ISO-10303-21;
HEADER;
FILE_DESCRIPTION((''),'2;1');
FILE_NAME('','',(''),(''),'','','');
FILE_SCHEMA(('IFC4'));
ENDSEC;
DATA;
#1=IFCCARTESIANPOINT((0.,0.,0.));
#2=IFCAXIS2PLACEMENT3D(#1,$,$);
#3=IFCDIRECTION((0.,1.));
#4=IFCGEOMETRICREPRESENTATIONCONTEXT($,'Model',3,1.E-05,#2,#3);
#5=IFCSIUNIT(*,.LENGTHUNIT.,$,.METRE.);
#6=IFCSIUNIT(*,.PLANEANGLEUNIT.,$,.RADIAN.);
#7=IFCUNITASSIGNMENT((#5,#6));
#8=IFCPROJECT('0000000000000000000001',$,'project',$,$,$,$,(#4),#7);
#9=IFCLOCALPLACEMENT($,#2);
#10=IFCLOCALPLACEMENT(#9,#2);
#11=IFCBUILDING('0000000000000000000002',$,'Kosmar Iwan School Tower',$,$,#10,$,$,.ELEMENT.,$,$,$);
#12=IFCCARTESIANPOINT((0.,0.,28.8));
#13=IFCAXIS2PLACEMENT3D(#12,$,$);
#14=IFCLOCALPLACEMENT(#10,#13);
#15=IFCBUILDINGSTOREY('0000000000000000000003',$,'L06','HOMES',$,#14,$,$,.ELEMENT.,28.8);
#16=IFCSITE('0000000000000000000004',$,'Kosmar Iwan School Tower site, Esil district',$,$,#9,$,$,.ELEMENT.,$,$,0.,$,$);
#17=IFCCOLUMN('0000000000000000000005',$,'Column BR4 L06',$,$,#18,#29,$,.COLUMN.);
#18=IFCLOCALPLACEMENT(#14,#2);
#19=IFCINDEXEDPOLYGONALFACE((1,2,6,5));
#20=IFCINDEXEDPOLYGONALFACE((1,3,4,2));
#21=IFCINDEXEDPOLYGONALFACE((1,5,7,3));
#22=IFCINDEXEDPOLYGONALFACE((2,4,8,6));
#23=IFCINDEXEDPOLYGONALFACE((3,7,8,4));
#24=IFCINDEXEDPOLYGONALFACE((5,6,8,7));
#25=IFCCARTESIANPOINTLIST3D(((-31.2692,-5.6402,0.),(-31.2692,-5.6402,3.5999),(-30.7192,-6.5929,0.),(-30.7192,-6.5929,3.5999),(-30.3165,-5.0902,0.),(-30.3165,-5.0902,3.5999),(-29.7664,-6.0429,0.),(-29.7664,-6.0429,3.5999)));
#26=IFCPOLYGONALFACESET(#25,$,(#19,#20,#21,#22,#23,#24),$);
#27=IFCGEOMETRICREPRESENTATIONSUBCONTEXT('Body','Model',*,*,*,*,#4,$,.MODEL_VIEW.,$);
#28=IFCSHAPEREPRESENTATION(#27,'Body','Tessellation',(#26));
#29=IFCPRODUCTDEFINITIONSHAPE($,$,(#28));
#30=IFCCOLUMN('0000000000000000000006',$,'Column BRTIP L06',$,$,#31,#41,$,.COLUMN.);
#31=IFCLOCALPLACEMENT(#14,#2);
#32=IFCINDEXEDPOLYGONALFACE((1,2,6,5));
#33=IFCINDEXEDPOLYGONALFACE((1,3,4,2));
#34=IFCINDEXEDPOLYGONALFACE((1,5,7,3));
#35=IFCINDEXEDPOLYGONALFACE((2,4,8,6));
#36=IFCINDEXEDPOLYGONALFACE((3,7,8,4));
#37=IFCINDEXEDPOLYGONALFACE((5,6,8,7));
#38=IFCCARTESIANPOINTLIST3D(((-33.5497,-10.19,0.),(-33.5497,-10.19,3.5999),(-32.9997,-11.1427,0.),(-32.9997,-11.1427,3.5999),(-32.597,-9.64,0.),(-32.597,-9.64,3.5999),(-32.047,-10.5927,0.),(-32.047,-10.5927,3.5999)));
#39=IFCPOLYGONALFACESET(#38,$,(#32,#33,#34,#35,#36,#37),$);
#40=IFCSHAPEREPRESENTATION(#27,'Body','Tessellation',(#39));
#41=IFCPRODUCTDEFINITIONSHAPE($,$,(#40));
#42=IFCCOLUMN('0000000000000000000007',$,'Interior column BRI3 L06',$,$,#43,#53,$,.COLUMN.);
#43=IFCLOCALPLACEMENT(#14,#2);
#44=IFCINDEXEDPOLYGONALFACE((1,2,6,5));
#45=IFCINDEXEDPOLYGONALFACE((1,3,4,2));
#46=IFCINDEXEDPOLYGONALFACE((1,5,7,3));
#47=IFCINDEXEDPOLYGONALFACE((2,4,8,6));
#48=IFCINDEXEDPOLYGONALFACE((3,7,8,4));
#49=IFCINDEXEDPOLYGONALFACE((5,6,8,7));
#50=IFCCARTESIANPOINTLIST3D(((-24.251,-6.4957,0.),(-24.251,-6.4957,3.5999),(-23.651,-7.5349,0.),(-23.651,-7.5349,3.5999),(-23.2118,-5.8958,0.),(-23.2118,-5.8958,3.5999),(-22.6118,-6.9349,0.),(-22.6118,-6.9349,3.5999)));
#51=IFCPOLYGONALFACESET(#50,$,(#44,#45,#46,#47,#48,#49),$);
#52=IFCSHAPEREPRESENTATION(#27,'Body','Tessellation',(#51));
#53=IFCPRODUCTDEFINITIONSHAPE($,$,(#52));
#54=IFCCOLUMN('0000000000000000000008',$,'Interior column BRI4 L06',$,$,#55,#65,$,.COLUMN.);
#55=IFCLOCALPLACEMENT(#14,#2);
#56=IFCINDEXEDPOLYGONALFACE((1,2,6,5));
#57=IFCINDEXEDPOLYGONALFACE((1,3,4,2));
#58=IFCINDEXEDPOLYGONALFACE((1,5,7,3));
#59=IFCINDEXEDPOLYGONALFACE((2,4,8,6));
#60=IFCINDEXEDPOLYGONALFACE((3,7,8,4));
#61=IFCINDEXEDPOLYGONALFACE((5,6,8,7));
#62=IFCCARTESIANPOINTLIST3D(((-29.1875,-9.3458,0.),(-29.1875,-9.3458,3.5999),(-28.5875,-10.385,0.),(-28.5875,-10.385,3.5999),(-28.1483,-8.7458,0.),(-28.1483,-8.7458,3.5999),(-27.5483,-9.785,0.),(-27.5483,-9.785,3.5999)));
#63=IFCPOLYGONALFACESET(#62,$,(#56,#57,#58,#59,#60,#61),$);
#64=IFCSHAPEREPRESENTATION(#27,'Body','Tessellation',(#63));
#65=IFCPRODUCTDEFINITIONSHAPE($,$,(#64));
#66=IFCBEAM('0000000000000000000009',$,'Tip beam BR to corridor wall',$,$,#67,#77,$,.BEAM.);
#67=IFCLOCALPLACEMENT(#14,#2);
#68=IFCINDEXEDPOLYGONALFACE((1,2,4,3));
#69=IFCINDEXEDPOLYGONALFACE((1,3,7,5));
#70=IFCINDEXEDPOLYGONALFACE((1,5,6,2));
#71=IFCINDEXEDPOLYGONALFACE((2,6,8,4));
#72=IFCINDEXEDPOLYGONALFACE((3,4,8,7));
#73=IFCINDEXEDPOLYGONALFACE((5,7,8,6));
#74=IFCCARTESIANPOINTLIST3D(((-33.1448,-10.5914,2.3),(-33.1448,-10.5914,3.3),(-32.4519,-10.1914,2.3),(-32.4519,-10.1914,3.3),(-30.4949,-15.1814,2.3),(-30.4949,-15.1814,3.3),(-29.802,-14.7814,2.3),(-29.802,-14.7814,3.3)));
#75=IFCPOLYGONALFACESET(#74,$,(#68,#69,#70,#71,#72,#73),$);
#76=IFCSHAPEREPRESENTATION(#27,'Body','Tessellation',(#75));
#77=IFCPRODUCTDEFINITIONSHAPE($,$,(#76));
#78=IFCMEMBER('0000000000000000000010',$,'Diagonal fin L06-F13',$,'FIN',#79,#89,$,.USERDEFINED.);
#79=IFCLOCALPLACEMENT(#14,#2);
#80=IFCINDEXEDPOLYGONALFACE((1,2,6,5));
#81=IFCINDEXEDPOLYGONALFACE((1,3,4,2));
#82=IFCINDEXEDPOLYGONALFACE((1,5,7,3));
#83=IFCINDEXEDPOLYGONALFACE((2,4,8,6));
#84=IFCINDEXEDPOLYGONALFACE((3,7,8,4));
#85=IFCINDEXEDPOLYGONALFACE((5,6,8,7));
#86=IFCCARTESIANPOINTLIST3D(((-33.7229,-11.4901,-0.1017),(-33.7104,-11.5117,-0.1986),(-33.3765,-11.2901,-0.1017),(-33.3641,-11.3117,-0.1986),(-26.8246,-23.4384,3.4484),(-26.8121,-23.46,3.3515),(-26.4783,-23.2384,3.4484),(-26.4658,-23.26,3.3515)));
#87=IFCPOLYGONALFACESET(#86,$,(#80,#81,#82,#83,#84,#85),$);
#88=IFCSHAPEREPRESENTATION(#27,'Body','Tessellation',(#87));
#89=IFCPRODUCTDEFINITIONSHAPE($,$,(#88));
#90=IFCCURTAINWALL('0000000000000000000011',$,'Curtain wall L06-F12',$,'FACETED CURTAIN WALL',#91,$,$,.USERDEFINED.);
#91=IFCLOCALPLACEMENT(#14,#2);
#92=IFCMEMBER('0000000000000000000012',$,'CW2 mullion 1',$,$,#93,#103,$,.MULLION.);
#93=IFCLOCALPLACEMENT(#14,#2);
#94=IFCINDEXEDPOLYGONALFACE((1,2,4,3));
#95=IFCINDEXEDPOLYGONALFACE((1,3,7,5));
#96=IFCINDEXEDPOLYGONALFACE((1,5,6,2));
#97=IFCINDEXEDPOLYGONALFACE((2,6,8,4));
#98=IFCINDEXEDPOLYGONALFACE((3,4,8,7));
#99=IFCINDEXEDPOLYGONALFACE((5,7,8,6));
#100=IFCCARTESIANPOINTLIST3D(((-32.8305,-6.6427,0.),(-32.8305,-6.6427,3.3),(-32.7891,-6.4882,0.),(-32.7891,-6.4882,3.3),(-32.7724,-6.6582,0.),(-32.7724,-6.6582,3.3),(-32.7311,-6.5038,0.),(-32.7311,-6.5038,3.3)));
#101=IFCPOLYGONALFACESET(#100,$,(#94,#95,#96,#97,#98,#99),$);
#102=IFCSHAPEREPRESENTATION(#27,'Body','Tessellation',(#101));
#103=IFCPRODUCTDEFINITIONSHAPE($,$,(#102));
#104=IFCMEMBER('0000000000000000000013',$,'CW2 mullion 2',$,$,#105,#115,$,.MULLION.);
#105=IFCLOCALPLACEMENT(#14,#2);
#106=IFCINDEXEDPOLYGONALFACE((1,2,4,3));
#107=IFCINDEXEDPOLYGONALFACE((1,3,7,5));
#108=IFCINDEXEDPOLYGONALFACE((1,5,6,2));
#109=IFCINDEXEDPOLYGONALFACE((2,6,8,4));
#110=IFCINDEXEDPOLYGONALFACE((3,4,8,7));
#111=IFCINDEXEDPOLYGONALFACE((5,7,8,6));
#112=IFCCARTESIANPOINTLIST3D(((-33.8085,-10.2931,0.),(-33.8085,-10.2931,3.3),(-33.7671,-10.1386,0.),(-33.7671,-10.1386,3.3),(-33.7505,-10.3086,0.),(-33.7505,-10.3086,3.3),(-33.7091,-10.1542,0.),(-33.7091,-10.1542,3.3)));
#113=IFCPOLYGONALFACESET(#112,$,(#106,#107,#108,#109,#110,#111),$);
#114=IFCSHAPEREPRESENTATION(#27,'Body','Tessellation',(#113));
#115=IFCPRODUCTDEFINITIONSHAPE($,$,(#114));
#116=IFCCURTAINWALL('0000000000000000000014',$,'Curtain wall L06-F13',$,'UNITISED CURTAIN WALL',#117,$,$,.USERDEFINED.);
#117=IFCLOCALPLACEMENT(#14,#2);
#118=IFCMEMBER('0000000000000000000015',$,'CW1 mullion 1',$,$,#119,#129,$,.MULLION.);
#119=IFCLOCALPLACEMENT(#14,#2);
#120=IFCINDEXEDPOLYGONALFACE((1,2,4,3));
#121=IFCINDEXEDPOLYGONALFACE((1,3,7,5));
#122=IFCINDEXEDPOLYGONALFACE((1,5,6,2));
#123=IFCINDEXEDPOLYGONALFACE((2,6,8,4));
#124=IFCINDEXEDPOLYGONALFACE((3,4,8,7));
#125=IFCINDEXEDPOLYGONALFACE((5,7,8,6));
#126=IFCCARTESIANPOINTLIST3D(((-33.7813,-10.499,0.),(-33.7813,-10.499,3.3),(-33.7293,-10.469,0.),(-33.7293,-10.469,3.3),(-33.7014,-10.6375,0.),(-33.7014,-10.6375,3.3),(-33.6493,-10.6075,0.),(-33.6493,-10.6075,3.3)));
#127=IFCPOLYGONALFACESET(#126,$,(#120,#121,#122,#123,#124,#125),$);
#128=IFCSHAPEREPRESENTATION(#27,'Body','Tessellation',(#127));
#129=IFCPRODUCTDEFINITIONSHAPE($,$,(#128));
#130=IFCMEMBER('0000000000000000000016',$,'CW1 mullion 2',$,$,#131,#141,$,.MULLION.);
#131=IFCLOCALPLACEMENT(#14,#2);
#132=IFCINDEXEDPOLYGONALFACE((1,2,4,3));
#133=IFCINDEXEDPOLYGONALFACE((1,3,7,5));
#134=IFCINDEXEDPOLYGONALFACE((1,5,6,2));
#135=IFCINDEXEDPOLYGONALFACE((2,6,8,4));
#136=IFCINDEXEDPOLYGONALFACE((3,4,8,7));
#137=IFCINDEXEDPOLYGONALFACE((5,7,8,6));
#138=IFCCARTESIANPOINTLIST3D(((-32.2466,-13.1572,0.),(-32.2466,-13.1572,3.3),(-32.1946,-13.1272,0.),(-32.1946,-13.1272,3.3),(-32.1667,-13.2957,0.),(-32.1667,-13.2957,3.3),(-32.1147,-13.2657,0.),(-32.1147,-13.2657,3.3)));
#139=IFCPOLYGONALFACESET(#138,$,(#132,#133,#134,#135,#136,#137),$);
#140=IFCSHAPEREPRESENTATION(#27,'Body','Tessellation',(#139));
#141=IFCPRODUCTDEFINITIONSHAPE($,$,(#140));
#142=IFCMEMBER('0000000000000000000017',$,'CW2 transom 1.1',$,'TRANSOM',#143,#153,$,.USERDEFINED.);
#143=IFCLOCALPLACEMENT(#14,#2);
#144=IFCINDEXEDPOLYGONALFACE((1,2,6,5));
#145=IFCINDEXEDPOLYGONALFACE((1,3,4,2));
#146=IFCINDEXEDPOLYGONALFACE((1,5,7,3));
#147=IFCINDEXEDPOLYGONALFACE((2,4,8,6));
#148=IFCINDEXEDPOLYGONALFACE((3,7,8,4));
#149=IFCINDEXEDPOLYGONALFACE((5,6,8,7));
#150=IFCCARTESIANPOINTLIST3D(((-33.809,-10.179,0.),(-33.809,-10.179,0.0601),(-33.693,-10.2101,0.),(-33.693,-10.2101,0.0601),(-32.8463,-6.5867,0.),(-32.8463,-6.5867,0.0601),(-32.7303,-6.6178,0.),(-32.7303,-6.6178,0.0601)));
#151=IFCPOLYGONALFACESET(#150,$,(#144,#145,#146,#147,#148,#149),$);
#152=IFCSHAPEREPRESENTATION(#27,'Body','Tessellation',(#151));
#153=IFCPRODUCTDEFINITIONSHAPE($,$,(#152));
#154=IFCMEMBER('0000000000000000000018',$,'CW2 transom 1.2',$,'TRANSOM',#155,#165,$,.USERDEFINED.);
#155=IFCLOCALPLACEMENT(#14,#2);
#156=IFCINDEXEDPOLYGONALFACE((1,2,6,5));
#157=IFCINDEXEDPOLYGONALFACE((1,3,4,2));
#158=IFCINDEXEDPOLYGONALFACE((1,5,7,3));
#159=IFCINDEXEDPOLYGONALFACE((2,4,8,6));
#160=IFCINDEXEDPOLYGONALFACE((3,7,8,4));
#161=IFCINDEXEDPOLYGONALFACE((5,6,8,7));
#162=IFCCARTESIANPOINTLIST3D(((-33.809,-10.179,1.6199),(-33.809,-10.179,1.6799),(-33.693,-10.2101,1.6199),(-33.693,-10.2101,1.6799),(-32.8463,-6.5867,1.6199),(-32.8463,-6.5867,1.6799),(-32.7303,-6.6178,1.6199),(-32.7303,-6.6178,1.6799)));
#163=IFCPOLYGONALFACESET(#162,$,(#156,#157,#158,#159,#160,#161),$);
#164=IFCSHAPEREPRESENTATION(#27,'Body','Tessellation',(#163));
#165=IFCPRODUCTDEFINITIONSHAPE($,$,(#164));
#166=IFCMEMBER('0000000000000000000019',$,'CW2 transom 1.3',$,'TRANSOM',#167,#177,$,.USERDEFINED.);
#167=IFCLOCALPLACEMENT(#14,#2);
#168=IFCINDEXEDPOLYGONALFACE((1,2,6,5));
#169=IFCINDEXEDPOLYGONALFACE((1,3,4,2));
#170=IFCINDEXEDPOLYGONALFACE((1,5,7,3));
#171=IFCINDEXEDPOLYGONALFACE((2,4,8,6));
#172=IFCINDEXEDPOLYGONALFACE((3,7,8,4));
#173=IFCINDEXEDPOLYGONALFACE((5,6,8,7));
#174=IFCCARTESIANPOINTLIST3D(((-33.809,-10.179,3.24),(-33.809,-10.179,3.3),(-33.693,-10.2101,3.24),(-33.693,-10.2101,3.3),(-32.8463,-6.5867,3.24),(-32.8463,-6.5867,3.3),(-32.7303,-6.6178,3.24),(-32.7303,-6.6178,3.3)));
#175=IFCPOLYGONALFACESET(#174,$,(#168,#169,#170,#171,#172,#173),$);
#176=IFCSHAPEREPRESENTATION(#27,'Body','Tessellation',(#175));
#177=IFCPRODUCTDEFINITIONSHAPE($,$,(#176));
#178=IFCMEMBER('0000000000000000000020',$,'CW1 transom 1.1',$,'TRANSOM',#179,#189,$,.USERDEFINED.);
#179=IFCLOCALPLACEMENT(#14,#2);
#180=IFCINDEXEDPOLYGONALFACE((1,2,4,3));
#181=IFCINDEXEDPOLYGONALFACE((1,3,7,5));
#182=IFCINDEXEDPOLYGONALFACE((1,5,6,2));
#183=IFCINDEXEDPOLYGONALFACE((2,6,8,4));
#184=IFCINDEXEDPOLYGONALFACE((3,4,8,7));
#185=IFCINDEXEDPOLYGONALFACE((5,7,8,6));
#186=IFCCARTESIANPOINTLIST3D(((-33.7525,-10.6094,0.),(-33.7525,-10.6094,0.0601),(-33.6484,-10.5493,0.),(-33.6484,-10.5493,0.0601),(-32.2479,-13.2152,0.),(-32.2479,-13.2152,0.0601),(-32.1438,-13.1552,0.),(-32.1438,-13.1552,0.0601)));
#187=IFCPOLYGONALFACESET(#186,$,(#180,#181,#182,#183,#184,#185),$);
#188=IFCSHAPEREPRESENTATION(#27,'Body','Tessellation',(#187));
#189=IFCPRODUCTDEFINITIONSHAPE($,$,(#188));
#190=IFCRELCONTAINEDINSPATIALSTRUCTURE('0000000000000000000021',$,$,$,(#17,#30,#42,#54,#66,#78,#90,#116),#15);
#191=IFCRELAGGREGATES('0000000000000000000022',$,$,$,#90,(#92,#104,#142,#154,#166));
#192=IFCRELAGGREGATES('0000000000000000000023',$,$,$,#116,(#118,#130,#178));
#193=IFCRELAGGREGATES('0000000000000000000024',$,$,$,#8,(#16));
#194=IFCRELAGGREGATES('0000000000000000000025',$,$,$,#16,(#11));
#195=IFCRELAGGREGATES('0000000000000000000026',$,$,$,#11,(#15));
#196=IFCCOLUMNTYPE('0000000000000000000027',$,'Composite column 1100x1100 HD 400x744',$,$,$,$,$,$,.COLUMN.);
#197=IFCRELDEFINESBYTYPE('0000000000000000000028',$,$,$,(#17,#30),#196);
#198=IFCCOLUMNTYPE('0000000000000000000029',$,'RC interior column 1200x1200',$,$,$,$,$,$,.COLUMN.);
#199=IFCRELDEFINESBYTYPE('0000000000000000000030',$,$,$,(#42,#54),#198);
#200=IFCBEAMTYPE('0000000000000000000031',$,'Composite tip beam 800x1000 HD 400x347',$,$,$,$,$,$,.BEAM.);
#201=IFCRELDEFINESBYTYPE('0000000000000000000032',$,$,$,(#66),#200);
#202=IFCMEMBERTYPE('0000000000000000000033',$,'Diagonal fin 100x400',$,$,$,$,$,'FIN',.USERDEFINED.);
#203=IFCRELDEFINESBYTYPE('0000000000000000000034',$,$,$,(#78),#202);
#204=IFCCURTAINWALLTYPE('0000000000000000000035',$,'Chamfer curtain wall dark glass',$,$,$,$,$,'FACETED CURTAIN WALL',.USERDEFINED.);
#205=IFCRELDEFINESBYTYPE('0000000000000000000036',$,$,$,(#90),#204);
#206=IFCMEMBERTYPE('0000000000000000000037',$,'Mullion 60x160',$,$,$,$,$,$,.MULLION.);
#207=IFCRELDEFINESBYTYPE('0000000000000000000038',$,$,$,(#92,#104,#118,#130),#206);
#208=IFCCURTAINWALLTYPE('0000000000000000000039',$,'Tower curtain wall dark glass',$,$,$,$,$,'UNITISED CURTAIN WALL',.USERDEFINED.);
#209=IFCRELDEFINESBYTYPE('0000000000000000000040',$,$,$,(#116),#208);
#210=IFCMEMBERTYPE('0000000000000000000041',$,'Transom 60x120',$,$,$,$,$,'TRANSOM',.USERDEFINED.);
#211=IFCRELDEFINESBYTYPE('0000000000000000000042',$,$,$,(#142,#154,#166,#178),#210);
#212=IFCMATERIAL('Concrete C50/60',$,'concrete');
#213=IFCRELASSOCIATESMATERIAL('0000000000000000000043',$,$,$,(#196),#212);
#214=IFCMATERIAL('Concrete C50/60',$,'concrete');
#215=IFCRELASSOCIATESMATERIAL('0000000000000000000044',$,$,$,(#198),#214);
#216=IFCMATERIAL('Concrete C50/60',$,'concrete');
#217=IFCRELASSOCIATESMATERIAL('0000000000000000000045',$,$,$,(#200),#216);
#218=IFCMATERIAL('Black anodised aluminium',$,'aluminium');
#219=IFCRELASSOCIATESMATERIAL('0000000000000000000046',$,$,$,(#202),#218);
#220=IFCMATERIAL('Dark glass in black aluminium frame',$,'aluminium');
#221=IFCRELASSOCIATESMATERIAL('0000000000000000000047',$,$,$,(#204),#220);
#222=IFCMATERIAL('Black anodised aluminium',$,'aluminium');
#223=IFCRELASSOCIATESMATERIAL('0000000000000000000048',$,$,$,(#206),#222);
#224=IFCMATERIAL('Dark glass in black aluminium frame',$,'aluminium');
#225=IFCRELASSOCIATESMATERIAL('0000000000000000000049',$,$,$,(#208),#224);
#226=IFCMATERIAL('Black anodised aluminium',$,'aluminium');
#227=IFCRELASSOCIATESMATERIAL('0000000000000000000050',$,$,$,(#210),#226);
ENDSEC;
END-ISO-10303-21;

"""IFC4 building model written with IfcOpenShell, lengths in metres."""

from ifc_helpers import new_model, si_unit, direction, frame, origin, origin_2d, place, context, subcontext, project, spatial, rectangle, extrude, material, material_profile, profile_set, type_object, element, aggregate, save


model = new_model("IFC4")

# Units and contexts
model_context = context("Model", 3, precision=1e-05, world=origin(), true_north=direction((0.0, 1.0)))
body_context = subcontext(model_context, "Body", "Model", "MODEL_VIEW")
ifc_project = project(units=[si_unit("LENGTHUNIT", "METRE"), si_unit("PLANEANGLEUNIT", "RADIAN")], contexts=[model_context])

# Site, building, storey
site_placement = place(None, origin())
site = spatial("IfcSite", under=ifc_project, at=site_placement, Name="Kosmar Iwan School Tower site, Esil district", CompositionType="ELEMENT", RefElevation=0.0)
building_placement = place(site_placement, origin())
building = spatial("IfcBuilding", under=site, at=building_placement, Name="Kosmar Iwan School Tower", CompositionType="ELEMENT")
storey_placement = place(building_placement, frame((0.0, 0.0, 28.8)))
storey = spatial("IfcBuildingStorey", under=building, at=storey_placement, Name="L06", Description="HOMES", CompositionType="ELEMENT", Elevation=28.8)

# Columns
ifc_material_1 = material(Name="Concrete C50/60", Category="concrete")
ifc_material_profile_1 = material_profile(ifc_material_1, rectangle(XDim=1.1001, YDim=1.1001, at=origin_2d()), Name="RC 1100x1100 + HD 400x744")
ifc_profile_set_1 = profile_set([ifc_material_profile_1], Name="Concrete C50/60")
column_type_1 = type_object("IfcColumnType", Name="Composite column 1100x1100 HD 400x744", PredefinedType="COLUMN", material=ifc_profile_set_1)
for number, where, z_axis, x_axis, name in (
    (1, (-30.5178, -5.8416, 0.0), (0.0, 0.0, 1.0), (-0.866025, -0.5, 0.0), "Column BR4 L06"),
    (2, (-32.7983, -10.3914, 0.0), (0.0, 0.0, 1.0), (-0.866025, -0.5, 0.0), "Column BRTIP L06"),
):
    element("IfcColumn", number, at=place(storey_placement, frame(where, z_axis=z_axis, x_axis=x_axis)), inside=storey, type_object=column_type_1, Name=name, PredefinedType="COLUMN", context=body_context, shape_type="SweptSolid", body=[
        extrude(rectangle(XDim=1.1001, YDim=1.1001, at=origin_2d()), origin(), (0.0, 0.0, 1.0), 3.5999),
    ])
ifc_material_2 = material(Name="Concrete C50/60", Category="concrete")
ifc_material_profile_2 = material_profile(ifc_material_2, rectangle(XDim=1.2, YDim=1.2, at=origin_2d()), Name="RC 1200x1200")
ifc_profile_set_2 = profile_set([ifc_material_profile_2], Name="Concrete C50/60")
column_type_2 = type_object("IfcColumnType", Name="RC interior column 1200x1200", PredefinedType="COLUMN", material=ifc_profile_set_2)
for number, where, z_axis, x_axis, name in (
    (3, (-23.4314, -6.7153, 0.0), (0.0, 0.0, 1.0), (-0.866025, -0.5, 0.0), "Interior column BRI3 L06"),
    (4, (-28.3679, -9.5654, 0.0), (0.0, 0.0, 1.0), (-0.866025, -0.5, 0.0), "Interior column BRI4 L06"),
):
    element("IfcColumn", number, at=place(storey_placement, frame(where, z_axis=z_axis, x_axis=x_axis)), inside=storey, type_object=column_type_2, Name=name, PredefinedType="COLUMN", context=body_context, shape_type="SweptSolid", body=[
        extrude(rectangle(XDim=1.2, YDim=1.2, at=origin_2d()), origin(), (0.0, 0.0, 1.0), 3.5999),
    ])

# Beam
ifc_material_3 = material(Name="Concrete C50/60", Category="concrete")
ifc_material_profile_3 = material_profile(ifc_material_3, rectangle(XDim=0.8, YDim=1.0, at=origin_2d()), Name="RC 800x1000 + HD 400x347")
ifc_profile_set_3 = profile_set([ifc_material_profile_3], Name="Concrete C50/60")
beam_type = type_object("IfcBeamType", Name="Composite tip beam 800x1000 HD 400x347", PredefinedType="BEAM", material=ifc_profile_set_3)
beam_placement = place(storey_placement, frame((-32.7983, -10.3914, 2.8), z_axis=(0.499974, -0.866041, 0.0), x_axis=(0.866041, 0.499974, 0.0)))
element("IfcBeam", 5, at=beam_placement, inside=storey, type_object=beam_type, Name="Tip beam BR to corridor wall", PredefinedType="BEAM", context=body_context, shape_type="SweptSolid", body=[
    extrude(rectangle(XDim=0.8, YDim=1.0, at=origin_2d()), origin(), (0.0, 0.0, 1.0), 5.3),
])

# Member
ifc_material_4 = material(Name="Black anodised aluminium", Category="aluminium")
ifc_material_profile_4 = material_profile(ifc_material_4, rectangle(XDim=0.1001, YDim=0.3999, at=origin_2d()), Name="FIN 100x400")
ifc_profile_set_4 = profile_set([ifc_material_profile_4], Name="Black anodised aluminium")
member_type_1 = type_object("IfcMemberType", Name="Diagonal fin 100x400", ElementType="FIN", PredefinedType="USERDEFINED", material=ifc_profile_set_4)
member_1_placement = place(storey_placement, frame((-33.5435, -11.4009, -0.1501), z_axis=(0.48422, -0.838709, 0.249196), x_axis=(-0.124596, 0.215811, 0.968453)))
element("IfcMember", 6, at=member_1_placement, inside=storey, type_object=member_type_1, Name="Diagonal fin L06-F13", ObjectType="FIN", PredefinedType="USERDEFINED", context=body_context, shape_type="SweptSolid", body=[
    extrude(rectangle(XDim=0.1001, YDim=0.3999, at=origin_2d()), origin(), (0.0, 0.0, 1.0), 14.2461),
])

# Curtain walls, members
ifc_material_5 = material(Name="Dark glass in black aluminium frame", Category="aluminium")
curtain_wall_type_1 = type_object("IfcCurtainWallType", Name="Chamfer curtain wall dark glass", ElementType="FACETED CURTAIN WALL", PredefinedType="USERDEFINED", material=ifc_material_5)
curtain_wall_1_placement = place(storey_placement, origin())
curtain_wall_1 = element("IfcCurtainWall", 7, at=curtain_wall_1_placement, inside=storey, type_object=curtain_wall_type_1, Name="Curtain wall L06-F12", ObjectType="FACETED CURTAIN WALL", PredefinedType="USERDEFINED")
ifc_material_6 = material(Name="Black anodised aluminium", Category="aluminium")
ifc_material_profile_5 = material_profile(ifc_material_6, rectangle(XDim=0.0601, YDim=0.1599, at=origin_2d()), Name="MULLION 60x160")
ifc_profile_set_5 = profile_set([ifc_material_profile_5], Name="Black anodised aluminium")
member_type_2 = type_object("IfcMemberType", Name="Mullion 60x160", PredefinedType="MULLION", material=ifc_profile_set_5)
member_2_placement = place(storey_placement, frame((-32.7808, -6.5732, 0.0), z_axis=(0.0, 0.0, 1.0), x_axis=(0.965926, -0.258819, 0.0)))
member_2 = element("IfcMember", 8, at=member_2_placement, type_object=member_type_2, Name="CW2 mullion 1", PredefinedType="MULLION", context=body_context, shape_type="SweptSolid", body=[
    extrude(rectangle(XDim=0.0601, YDim=0.1599, at=origin_2d()), origin(), (0.0, 0.0, 1.0), 3.3),
])
member_3_placement = place(storey_placement, frame((-33.7588, -10.2236, 0.0), z_axis=(0.0, 0.0, 1.0), x_axis=(0.965926, -0.258819, 0.0)))
member_3 = element("IfcMember", 9, at=member_3_placement, type_object=member_type_2, Name="CW2 mullion 2", PredefinedType="MULLION", context=body_context, shape_type="SweptSolid", body=[
    extrude(rectangle(XDim=0.0601, YDim=0.1599, at=origin_2d()), origin(), (0.0, 0.0, 1.0), 3.3),
])
ifc_material_7 = material(Name="Dark glass in black aluminium frame", Category="aluminium")
curtain_wall_type_2 = type_object("IfcCurtainWallType", Name="Tower curtain wall dark glass", ElementType="UNITISED CURTAIN WALL", PredefinedType="USERDEFINED", material=ifc_material_7)
curtain_wall_2_placement = place(storey_placement, origin())
curtain_wall_2 = element("IfcCurtainWall", 10, at=curtain_wall_2_placement, inside=storey, type_object=curtain_wall_type_2, Name="Curtain wall L06-F13", ObjectType="UNITISED CURTAIN WALL", PredefinedType="USERDEFINED")
member_4_placement = place(storey_placement, frame((-33.7153, -10.5532, 0.0), z_axis=(0.0, 0.0, 1.0), x_axis=(0.866025, 0.5, 0.0)))
member_4 = element("IfcMember", 11, at=member_4_placement, type_object=member_type_2, Name="CW1 mullion 1", PredefinedType="MULLION", context=body_context, shape_type="SweptSolid", body=[
    extrude(rectangle(XDim=0.0601, YDim=0.1599, at=origin_2d()), origin(), (0.0, 0.0, 1.0), 3.3),
])
member_5_placement = place(storey_placement, frame((-32.1807, -13.2114, 0.0), z_axis=(0.0, 0.0, 1.0), x_axis=(0.866025, 0.5, 0.0)))
member_5 = element("IfcMember", 12, at=member_5_placement, type_object=member_type_2, Name="CW1 mullion 2", PredefinedType="MULLION", context=body_context, shape_type="SweptSolid", body=[
    extrude(rectangle(XDim=0.0601, YDim=0.1599, at=origin_2d()), origin(), (0.0, 0.0, 1.0), 3.3),
])

# Members
ifc_material_8 = material(Name="Black anodised aluminium", Category="aluminium")
ifc_material_profile_6 = material_profile(ifc_material_8, rectangle(XDim=0.1201, YDim=0.0601, at=origin_2d()), Name="TRANSOM 60x120")
ifc_profile_set_6 = profile_set([ifc_material_profile_6], Name="Black anodised aluminium")
member_type_3 = type_object("IfcMemberType", Name="Transom 60x120", ElementType="TRANSOM", PredefinedType="USERDEFINED", material=ifc_profile_set_6)
member_6_placement = place(storey_placement, frame((-32.7883, -6.6023, 0.03), z_axis=(-0.258843, -0.965919, 0.0), x_axis=(0.965919, -0.258843, 0.0)))
member_6 = element("IfcMember", 13, at=member_6_placement, type_object=member_type_3, Name="CW2 transom 1.1", ObjectType="TRANSOM", PredefinedType="USERDEFINED", context=body_context, shape_type="SweptSolid", body=[
    extrude(rectangle(XDim=0.1201, YDim=0.0601, at=origin_2d()), origin(), (0.0, 0.0, 1.0), 3.719),
])
member_7_placement = place(storey_placement, frame((-32.7883, -6.6023, 1.6499), z_axis=(-0.258843, -0.965919, 0.0), x_axis=(0.965919, -0.258843, 0.0)))
member_7 = element("IfcMember", 14, at=member_7_placement, type_object=member_type_3, Name="CW2 transom 1.2", ObjectType="TRANSOM", PredefinedType="USERDEFINED", context=body_context, shape_type="SweptSolid", body=[
    extrude(rectangle(XDim=0.1201, YDim=0.0601, at=origin_2d()), origin(), (0.0, 0.0, 1.0), 3.719),
])
member_8_placement = place(storey_placement, frame((-32.7883, -6.6023, 3.27), z_axis=(-0.258843, -0.965919, 0.0), x_axis=(0.965919, -0.258843, 0.0)))
member_8 = element("IfcMember", 15, at=member_8_placement, type_object=member_type_3, Name="CW2 transom 1.3", ObjectType="TRANSOM", PredefinedType="USERDEFINED", context=body_context, shape_type="SweptSolid", body=[
    extrude(rectangle(XDim=0.1201, YDim=0.0601, at=origin_2d()), origin(), (0.0, 0.0, 1.0), 3.719),
])
member_9_placement = place(storey_placement, frame((-33.7004, -10.5793, 0.03), z_axis=(0.500022, -0.866013, 0.0), x_axis=(0.866013, 0.500022, 0.0)))
member_9 = element("IfcMember", 16, at=member_9_placement, type_object=member_type_3, Name="CW1 transom 1.1", ObjectType="TRANSOM", PredefinedType="USERDEFINED", context=body_context, shape_type="SweptSolid", body=[
    extrude(rectangle(XDim=0.1201, YDim=0.0601, at=origin_2d()), origin(), (0.0, 0.0, 1.0), 3.009),
])

aggregate(curtain_wall_1, [member_2, member_3, member_6, member_7, member_8])
aggregate(curtain_wall_2, [member_4, member_5, member_9])

save(model, "model.ifc")
